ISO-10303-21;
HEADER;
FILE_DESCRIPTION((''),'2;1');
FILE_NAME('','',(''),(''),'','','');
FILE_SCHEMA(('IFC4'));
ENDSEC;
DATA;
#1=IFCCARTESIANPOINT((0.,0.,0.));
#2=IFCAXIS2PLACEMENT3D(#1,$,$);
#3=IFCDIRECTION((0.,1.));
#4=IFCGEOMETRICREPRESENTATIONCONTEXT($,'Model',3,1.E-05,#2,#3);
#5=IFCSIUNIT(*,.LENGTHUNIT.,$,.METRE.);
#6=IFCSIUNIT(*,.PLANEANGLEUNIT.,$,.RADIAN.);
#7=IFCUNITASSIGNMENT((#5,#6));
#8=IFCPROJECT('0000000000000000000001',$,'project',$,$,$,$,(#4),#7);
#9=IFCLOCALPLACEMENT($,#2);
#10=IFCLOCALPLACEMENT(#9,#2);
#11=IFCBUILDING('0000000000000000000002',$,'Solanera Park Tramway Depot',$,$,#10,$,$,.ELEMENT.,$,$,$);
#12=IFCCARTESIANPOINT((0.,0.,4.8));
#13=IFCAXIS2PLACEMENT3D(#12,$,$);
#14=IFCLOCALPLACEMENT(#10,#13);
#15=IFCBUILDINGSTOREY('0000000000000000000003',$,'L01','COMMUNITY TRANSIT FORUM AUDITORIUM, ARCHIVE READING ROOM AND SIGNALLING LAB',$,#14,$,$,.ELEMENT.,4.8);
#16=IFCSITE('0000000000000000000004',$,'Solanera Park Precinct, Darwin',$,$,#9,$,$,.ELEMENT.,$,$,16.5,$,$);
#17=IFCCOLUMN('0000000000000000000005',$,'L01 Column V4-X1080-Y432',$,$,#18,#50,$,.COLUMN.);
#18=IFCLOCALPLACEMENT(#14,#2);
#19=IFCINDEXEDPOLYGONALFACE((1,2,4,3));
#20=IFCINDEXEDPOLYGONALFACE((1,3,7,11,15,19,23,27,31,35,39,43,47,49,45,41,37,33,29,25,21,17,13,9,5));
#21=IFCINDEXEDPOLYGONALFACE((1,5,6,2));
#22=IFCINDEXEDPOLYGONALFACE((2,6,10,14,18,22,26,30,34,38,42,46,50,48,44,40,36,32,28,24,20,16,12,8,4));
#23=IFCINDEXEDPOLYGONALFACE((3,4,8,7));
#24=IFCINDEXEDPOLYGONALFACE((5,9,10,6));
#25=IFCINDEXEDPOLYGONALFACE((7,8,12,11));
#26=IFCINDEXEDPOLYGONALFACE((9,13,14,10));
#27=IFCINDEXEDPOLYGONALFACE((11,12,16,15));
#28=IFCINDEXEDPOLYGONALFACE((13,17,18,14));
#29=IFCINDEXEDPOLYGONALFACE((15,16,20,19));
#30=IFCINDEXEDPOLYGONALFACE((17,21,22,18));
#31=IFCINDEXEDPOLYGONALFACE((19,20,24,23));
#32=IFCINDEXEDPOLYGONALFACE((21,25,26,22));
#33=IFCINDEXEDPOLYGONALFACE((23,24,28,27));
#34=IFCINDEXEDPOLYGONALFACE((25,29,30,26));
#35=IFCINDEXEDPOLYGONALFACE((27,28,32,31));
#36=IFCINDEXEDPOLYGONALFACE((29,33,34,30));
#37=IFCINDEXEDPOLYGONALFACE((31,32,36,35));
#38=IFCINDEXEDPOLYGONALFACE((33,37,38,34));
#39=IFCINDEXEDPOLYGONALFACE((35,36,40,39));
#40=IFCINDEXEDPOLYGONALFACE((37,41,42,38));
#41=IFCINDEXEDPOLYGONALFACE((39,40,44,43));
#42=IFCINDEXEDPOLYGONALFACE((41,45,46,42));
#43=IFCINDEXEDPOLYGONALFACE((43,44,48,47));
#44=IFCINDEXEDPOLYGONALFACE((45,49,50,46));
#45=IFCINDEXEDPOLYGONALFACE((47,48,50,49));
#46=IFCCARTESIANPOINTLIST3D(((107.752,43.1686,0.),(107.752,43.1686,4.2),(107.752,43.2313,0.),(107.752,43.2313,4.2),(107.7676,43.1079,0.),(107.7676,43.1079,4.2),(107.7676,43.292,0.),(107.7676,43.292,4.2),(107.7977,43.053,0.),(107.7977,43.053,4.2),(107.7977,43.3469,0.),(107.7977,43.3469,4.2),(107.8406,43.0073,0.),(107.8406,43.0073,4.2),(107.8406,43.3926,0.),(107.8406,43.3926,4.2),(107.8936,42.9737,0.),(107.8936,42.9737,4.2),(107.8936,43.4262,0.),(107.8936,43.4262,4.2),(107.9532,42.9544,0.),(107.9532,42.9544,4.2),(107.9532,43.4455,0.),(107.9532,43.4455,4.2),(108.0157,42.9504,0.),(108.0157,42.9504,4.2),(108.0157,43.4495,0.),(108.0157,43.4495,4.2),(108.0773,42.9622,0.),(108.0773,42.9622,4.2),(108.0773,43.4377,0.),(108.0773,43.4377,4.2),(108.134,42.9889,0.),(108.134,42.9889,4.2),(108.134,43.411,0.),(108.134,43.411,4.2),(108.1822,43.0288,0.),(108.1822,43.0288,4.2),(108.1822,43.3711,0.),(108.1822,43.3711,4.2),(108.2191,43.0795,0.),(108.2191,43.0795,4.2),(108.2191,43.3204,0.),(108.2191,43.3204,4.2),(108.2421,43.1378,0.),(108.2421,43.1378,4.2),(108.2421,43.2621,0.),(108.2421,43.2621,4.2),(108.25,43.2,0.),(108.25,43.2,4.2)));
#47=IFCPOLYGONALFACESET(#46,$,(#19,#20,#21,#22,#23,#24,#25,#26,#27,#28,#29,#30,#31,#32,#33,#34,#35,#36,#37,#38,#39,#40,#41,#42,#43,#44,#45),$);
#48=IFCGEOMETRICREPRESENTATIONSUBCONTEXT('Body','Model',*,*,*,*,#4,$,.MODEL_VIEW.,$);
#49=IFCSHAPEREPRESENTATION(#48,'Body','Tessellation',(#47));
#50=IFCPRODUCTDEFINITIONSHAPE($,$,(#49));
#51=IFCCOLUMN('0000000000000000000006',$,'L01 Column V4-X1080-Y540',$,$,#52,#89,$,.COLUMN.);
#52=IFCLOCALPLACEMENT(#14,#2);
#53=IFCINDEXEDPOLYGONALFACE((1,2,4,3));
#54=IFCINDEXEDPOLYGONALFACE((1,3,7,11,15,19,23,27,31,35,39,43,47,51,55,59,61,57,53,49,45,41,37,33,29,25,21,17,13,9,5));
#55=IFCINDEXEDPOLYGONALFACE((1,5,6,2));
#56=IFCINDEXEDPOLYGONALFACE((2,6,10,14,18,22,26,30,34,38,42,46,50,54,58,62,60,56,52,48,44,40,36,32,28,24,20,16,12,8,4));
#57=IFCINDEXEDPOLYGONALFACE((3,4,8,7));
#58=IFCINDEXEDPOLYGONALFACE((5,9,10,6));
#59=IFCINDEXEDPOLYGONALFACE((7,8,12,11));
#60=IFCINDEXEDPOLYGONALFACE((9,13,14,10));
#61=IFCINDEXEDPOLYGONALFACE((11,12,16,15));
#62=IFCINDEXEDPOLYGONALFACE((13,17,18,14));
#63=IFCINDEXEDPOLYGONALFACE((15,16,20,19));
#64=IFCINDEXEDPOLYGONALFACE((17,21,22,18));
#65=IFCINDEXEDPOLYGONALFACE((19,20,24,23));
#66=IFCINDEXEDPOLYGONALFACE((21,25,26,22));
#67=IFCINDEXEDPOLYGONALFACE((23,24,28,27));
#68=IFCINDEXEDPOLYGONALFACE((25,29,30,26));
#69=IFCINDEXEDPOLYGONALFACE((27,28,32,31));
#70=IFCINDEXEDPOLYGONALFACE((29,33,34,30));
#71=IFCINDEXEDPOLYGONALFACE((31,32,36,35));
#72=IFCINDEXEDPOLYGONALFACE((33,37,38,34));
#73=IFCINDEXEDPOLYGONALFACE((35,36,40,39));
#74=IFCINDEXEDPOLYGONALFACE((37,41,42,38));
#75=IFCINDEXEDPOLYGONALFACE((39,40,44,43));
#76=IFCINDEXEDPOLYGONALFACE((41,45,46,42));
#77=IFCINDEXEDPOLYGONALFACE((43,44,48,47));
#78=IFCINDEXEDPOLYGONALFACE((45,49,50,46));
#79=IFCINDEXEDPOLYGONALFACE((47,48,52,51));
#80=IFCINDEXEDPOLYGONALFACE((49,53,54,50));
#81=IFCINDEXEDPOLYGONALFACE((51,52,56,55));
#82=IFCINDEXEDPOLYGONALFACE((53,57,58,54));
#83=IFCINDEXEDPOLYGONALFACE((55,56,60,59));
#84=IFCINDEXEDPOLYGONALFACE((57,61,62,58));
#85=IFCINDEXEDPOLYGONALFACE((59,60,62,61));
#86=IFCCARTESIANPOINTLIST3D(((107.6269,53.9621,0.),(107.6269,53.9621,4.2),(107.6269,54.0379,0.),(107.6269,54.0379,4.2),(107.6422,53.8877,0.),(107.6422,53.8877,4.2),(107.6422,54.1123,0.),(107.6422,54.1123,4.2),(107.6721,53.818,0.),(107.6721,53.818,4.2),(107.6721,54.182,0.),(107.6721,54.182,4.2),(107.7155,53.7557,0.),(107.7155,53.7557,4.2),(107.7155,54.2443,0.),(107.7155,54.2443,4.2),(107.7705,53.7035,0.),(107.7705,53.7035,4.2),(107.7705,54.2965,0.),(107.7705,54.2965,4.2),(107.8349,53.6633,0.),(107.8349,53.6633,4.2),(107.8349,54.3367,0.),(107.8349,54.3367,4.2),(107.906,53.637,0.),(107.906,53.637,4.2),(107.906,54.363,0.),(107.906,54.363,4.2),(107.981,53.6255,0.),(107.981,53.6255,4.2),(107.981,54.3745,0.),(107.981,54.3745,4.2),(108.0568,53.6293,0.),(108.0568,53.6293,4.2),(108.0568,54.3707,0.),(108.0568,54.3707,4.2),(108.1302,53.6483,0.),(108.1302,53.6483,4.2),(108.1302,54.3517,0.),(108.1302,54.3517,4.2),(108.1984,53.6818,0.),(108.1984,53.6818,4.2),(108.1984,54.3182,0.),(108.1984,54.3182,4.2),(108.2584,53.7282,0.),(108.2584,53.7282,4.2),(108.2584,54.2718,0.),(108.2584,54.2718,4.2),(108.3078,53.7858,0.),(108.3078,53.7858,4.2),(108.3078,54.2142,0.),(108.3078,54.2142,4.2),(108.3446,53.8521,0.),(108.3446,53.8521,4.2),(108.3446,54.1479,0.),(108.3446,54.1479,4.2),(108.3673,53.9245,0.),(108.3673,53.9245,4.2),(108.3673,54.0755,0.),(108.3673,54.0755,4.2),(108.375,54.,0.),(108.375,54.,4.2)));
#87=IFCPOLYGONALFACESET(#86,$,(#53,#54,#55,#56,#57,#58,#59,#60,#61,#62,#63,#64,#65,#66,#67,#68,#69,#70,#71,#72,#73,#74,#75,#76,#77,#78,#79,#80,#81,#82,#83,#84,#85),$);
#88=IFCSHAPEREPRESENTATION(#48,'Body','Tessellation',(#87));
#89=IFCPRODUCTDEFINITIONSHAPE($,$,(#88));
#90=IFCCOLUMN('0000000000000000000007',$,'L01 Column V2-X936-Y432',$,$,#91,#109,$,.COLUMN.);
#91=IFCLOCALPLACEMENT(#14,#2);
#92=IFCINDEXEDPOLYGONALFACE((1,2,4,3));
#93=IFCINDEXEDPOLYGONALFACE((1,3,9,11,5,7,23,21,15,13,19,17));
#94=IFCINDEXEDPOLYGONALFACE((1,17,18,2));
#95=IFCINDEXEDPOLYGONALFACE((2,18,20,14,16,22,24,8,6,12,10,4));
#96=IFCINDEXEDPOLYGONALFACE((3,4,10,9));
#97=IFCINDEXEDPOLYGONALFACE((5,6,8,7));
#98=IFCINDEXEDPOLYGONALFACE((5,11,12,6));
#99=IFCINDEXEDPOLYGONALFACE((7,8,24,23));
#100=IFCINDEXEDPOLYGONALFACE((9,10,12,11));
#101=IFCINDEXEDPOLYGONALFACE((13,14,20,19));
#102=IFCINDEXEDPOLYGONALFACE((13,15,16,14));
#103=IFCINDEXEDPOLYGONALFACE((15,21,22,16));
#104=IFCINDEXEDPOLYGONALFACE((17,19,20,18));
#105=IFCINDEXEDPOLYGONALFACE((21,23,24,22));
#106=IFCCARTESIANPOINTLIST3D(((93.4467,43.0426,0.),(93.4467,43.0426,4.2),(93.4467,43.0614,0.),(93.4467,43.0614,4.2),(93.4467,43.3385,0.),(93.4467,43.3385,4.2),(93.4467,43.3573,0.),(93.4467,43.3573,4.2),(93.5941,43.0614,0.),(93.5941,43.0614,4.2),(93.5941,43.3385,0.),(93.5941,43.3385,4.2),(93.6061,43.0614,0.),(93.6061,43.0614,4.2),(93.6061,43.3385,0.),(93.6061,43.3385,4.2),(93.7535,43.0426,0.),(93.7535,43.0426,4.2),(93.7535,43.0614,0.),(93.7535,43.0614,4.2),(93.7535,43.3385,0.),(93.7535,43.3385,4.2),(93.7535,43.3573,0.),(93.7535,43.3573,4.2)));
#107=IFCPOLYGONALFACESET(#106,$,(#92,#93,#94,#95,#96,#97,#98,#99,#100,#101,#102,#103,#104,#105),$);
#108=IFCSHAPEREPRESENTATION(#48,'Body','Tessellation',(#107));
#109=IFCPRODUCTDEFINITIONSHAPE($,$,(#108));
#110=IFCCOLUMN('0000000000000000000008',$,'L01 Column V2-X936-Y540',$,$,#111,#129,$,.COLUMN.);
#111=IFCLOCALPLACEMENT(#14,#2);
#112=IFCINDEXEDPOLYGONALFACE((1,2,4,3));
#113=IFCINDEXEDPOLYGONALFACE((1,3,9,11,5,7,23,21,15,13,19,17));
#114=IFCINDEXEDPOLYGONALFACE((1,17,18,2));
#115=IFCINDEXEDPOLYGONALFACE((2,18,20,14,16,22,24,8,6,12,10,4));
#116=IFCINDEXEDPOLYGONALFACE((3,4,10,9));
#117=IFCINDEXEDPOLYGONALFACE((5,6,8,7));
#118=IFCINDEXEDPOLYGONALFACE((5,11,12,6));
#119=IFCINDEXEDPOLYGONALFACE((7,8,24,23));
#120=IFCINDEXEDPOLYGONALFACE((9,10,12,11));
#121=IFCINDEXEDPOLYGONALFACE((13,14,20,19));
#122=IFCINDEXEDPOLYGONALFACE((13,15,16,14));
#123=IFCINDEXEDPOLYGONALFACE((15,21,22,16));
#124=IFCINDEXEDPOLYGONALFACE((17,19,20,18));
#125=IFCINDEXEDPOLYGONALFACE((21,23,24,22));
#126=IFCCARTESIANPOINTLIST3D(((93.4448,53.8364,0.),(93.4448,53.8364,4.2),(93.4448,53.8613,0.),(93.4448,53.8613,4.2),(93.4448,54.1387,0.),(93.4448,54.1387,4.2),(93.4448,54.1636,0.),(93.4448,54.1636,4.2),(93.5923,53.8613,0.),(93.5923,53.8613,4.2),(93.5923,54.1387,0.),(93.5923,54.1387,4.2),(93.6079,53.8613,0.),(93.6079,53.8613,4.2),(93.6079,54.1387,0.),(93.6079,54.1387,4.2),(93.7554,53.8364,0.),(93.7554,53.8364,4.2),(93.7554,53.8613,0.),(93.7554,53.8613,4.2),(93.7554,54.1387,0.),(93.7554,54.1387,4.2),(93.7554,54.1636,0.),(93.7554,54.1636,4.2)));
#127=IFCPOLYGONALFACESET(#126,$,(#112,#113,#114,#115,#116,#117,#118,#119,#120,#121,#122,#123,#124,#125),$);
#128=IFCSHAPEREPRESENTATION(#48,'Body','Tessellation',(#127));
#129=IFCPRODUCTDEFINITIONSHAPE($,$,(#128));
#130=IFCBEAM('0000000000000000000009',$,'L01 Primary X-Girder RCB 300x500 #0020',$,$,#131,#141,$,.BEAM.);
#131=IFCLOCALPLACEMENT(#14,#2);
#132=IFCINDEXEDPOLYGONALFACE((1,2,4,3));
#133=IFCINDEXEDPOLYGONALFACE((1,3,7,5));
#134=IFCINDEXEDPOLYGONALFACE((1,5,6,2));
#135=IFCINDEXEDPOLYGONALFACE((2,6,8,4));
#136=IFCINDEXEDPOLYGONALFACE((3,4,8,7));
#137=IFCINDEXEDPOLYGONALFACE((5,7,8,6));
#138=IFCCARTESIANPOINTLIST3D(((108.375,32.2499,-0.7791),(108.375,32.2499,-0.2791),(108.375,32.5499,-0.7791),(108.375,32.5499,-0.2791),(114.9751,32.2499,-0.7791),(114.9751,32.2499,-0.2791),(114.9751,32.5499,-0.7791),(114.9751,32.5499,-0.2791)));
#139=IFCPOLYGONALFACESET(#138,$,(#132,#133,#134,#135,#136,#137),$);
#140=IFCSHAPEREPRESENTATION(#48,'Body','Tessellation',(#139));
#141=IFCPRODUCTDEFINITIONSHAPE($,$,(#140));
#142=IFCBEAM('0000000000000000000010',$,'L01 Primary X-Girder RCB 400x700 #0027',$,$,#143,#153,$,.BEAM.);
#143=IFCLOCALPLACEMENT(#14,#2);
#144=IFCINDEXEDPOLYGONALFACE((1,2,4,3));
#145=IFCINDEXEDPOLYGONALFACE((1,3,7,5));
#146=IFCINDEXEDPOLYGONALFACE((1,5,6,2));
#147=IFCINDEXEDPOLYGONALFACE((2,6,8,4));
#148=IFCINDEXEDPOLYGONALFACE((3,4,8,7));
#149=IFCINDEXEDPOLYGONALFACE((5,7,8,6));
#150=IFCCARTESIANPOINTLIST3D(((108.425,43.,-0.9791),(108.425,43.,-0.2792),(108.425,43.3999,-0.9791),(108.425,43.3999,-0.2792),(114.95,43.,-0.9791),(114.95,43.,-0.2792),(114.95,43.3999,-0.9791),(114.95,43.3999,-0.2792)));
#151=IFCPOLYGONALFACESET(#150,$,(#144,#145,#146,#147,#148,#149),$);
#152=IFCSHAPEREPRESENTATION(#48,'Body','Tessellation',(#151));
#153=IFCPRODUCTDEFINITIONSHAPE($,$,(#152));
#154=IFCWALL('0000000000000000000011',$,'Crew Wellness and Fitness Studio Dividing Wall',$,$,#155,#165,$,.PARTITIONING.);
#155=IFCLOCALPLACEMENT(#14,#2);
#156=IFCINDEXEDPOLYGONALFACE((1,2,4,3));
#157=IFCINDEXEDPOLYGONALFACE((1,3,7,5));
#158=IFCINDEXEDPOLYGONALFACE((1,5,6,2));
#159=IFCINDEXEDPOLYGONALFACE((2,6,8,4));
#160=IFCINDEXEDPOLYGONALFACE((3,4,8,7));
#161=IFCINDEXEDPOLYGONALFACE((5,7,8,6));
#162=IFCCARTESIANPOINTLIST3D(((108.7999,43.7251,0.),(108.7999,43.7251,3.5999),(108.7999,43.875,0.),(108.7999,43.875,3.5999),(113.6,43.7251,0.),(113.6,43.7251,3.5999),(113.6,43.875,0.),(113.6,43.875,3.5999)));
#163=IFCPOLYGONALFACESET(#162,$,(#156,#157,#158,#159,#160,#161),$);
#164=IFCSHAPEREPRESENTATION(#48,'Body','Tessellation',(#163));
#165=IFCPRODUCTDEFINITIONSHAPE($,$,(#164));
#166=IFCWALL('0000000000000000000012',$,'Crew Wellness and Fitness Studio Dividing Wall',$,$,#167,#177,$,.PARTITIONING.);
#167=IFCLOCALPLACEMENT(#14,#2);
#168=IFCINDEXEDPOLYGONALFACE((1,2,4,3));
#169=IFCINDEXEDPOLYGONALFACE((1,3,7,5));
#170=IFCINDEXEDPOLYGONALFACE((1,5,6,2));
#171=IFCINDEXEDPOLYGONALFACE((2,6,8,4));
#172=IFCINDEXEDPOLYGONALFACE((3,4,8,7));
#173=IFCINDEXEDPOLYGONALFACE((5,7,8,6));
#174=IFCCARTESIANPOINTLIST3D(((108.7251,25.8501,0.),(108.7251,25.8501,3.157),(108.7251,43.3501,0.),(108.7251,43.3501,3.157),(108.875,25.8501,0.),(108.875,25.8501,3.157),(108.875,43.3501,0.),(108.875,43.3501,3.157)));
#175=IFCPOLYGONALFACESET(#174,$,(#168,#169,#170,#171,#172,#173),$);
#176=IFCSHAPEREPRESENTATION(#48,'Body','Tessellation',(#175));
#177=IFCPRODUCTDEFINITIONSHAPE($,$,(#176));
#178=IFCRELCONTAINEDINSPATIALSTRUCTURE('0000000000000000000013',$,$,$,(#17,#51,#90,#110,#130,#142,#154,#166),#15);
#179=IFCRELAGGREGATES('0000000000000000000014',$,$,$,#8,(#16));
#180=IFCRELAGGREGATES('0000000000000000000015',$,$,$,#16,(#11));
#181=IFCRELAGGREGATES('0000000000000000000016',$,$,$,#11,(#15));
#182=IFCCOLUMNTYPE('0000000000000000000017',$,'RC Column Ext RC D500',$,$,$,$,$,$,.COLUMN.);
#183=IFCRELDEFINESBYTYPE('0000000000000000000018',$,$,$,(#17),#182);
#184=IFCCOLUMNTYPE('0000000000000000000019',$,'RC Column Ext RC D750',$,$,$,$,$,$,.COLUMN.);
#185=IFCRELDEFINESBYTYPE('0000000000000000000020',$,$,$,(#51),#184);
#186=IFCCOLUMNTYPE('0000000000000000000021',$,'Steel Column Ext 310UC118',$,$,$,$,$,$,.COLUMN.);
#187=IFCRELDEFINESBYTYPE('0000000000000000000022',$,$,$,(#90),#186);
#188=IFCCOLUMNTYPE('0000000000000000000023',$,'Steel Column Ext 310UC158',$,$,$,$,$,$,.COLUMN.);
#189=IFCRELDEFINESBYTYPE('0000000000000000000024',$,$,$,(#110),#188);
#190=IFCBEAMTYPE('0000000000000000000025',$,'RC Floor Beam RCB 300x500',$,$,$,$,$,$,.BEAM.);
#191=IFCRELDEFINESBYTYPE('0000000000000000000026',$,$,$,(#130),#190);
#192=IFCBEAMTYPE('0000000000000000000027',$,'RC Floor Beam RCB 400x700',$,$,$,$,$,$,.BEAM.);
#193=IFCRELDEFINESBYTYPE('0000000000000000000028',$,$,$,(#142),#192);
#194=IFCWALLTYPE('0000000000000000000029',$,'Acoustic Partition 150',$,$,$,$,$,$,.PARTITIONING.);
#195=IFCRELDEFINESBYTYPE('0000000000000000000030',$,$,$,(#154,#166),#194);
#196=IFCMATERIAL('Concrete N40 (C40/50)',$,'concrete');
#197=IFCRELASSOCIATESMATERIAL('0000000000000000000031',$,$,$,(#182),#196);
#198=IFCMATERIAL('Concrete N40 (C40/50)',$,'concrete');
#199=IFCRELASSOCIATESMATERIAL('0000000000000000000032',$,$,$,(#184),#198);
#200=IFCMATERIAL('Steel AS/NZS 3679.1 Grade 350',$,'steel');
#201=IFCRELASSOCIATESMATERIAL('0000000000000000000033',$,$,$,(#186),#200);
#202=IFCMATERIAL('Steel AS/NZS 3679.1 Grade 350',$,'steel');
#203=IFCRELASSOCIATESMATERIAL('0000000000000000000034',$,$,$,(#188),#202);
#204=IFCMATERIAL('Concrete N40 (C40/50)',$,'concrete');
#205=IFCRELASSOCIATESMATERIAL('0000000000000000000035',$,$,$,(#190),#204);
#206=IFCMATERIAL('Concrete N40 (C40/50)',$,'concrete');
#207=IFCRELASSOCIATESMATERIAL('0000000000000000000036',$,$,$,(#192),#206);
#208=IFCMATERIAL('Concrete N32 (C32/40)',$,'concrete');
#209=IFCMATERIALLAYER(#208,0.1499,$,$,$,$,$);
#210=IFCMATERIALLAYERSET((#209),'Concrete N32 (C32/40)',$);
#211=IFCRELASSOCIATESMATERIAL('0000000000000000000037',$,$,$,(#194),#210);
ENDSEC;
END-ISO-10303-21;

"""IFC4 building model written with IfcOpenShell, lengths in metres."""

from ifc_helpers import new_model, si_unit, direction, frame, frame_2d, origin, origin_2d, place, context, subcontext, project, spatial, rectangle, circle, i_section, extrude, material, layer, layer_set, material_profile, profile_set, type_object, element, save


model = new_model("IFC4")

# Units and contexts
model_context = context("Model", 3, precision=1e-05, world=origin(), true_north=direction((0.0, 1.0)))
body_context = subcontext(model_context, "Body", "Model", "MODEL_VIEW")
ifc_project = project(units=[si_unit("LENGTHUNIT", "METRE"), si_unit("PLANEANGLEUNIT", "RADIAN")], contexts=[model_context])

# Site, building, storey
site_placement = place(None, origin())
site = spatial("IfcSite", under=ifc_project, at=site_placement, Name="Solanera Park Precinct, Darwin", CompositionType="ELEMENT", RefElevation=16.5)
building_placement = place(site_placement, origin())
building = spatial("IfcBuilding", under=site, at=building_placement, Name="Solanera Park Tramway Depot", CompositionType="ELEMENT")
storey_placement = place(building_placement, frame((0.0, 0.0, 4.8)))
storey = spatial("IfcBuildingStorey", under=building, at=storey_placement, Name="L01", Description="COMMUNITY TRANSIT FORUM AUDITORIUM, ARCHIVE READING ROOM AND SIGNALLING LAB", CompositionType="ELEMENT", Elevation=4.8)

# Columns
ifc_material_1 = material(Name="Concrete N40 (C40/50)", Category="concrete")
ifc_material_profile_1 = material_profile(ifc_material_1, circle(Radius=0.25, at=origin_2d()), Name="RC D500")
ifc_profile_set_1 = profile_set([ifc_material_profile_1], Name="Concrete N40 (C40/50)")
column_type_1 = type_object("IfcColumnType", Name="RC Column Ext RC D500", PredefinedType="COLUMN", material=ifc_profile_set_1)
column_1_placement = place(storey_placement, frame((108.0, 43.2, 0.0), z_axis=(0.0, 0.0, 1.0), x_axis=(1.0, 0.0, 0.0)))
element("IfcColumn", 1, at=column_1_placement, inside=storey, type_object=column_type_1, Name="L01 Column V4-X1080-Y432", PredefinedType="COLUMN", context=body_context, shape_type="SweptSolid", body=[
    extrude(circle(Radius=0.25, at=origin_2d()), origin(), (0.0, 0.0, 1.0), 4.2),
])
ifc_material_2 = material(Name="Concrete N40 (C40/50)", Category="concrete")
ifc_material_profile_2 = material_profile(ifc_material_2, circle(Radius=0.375, at=origin_2d()), Name="RC D750")
ifc_profile_set_2 = profile_set([ifc_material_profile_2], Name="Concrete N40 (C40/50)")
column_type_2 = type_object("IfcColumnType", Name="RC Column Ext RC D750", PredefinedType="COLUMN", material=ifc_profile_set_2)
column_2_placement = place(storey_placement, frame((108.0, 54.0, 0.0), z_axis=(0.0, 0.0, 1.0), x_axis=(1.0, 0.0, 0.0)))
element("IfcColumn", 2, at=column_2_placement, inside=storey, type_object=column_type_2, Name="L01 Column V4-X1080-Y540", PredefinedType="COLUMN", context=body_context, shape_type="SweptSolid", body=[
    extrude(circle(Radius=0.375, at=origin_2d()), origin(), (0.0, 0.0, 1.0), 4.2),
])
ifc_material_3 = material(Name="Steel AS/NZS 3679.1 Grade 350", Category="steel")
ifc_material_profile_3 = material_profile(ifc_material_3, i_section(OverallWidth=0.3069, OverallDepth=0.3147, WebThickness=0.012, FlangeThickness=0.0188, at=origin_2d()), Name="310UC118")
ifc_profile_set_3 = profile_set([ifc_material_profile_3], Name="Steel AS/NZS 3679.1 Grade 350")
column_type_3 = type_object("IfcColumnType", Name="Steel Column Ext 310UC118", PredefinedType="COLUMN", material=ifc_profile_set_3)
column_3_placement = place(storey_placement, frame((93.6001, 43.2, 0.0), z_axis=(0.0, 0.0, 1.0), x_axis=(1.0, 0.0, 0.0)))
element("IfcColumn", 3, at=column_3_placement, inside=storey, type_object=column_type_3, Name="L01 Column V2-X936-Y432", PredefinedType="COLUMN", context=body_context, shape_type="SweptSolid", body=[
    extrude(i_section(OverallWidth=0.3069, OverallDepth=0.3147, WebThickness=0.012, FlangeThickness=0.0188, at=origin_2d()), origin(), (0.0, 0.0, 1.0), 4.2),
])
ifc_material_4 = material(Name="Steel AS/NZS 3679.1 Grade 350", Category="steel")
ifc_material_profile_4 = material_profile(ifc_material_4, i_section(OverallWidth=0.3105, OverallDepth=0.3271, WebThickness=0.0156, FlangeThickness=0.0249, at=origin_2d()), Name="310UC158")
ifc_profile_set_4 = profile_set([ifc_material_profile_4], Name="Steel AS/NZS 3679.1 Grade 350")
column_type_4 = type_object("IfcColumnType", Name="Steel Column Ext 310UC158", PredefinedType="COLUMN", material=ifc_profile_set_4)
column_4_placement = place(storey_placement, frame((93.6001, 54.0, 0.0), z_axis=(0.0, 0.0, 1.0), x_axis=(1.0, 0.0, 0.0)))
element("IfcColumn", 4, at=column_4_placement, inside=storey, type_object=column_type_4, Name="L01 Column V2-X936-Y540", PredefinedType="COLUMN", context=body_context, shape_type="SweptSolid", body=[
    extrude(i_section(OverallWidth=0.3105, OverallDepth=0.3271, WebThickness=0.0156, FlangeThickness=0.0249, at=origin_2d()), origin(), (0.0, 0.0, 1.0), 4.2),
])

# Beams
ifc_material_5 = material(Name="Concrete N40 (C40/50)", Category="concrete")
ifc_material_profile_5 = material_profile(ifc_material_5, rectangle(XDim=0.3, YDim=0.5, at=origin_2d()), Name="RCB 300x500")
ifc_profile_set_5 = profile_set([ifc_material_profile_5], Name="Concrete N40 (C40/50)")
beam_type_1 = type_object("IfcBeamType", Name="RC Floor Beam RCB 300x500", PredefinedType="BEAM", material=ifc_profile_set_5)
beam_1_placement = place(storey_placement, frame((108.375, 32.3999, -0.5291), z_axis=(1.0, 0.0, 0.0), x_axis=(0.0, 1.0, 0.0)))
element("IfcBeam", 5, at=beam_1_placement, inside=storey, type_object=beam_type_1, Name="L01 Primary X-Girder RCB 300x500 #0020", PredefinedType="BEAM", context=body_context, shape_type="SweptSolid", body=[
    extrude(rectangle(XDim=0.3, YDim=0.5, at=origin_2d()), origin(), (0.0, 0.0, 1.0), 6.6001),
])
ifc_material_6 = material(Name="Concrete N40 (C40/50)", Category="concrete")
ifc_material_profile_6 = material_profile(ifc_material_6, rectangle(XDim=0.3999, YDim=0.7, at=origin_2d()), Name="RCB 400x700")
ifc_profile_set_6 = profile_set([ifc_material_profile_6], Name="Concrete N40 (C40/50)")
beam_type_2 = type_object("IfcBeamType", Name="RC Floor Beam RCB 400x700", PredefinedType="BEAM", material=ifc_profile_set_6)
beam_2_placement = place(storey_placement, frame((108.425, 43.2, -0.6292), z_axis=(1.0, 0.0, 0.0), x_axis=(0.0, 1.0, 0.0)))
element("IfcBeam", 6, at=beam_2_placement, inside=storey, type_object=beam_type_2, Name="L01 Primary X-Girder RCB 400x700 #0027", PredefinedType="BEAM", context=body_context, shape_type="SweptSolid", body=[
    extrude(rectangle(XDim=0.3999, YDim=0.7, at=origin_2d()), origin(), (0.0, 0.0, 1.0), 6.5249),
])

# Walls
ifc_material_7 = material(Name="Concrete N32 (C32/40)", Category="concrete")
ifc_layer_1 = layer(ifc_material_7, 0.1499)
ifc_layer_set_1 = layer_set([ifc_layer_1], Name="Concrete N32 (C32/40)")
wall_type_1 = type_object("IfcWallType", Name="Acoustic Partition 150", PredefinedType="PARTITIONING", material=ifc_layer_set_1)
wall_1_placement = place(storey_placement, frame((108.8, 43.8, 0.0), z_axis=(0.0, 0.0, 1.0), x_axis=(1.0, 0.0, 0.0)))
element("IfcWall", 7, at=wall_1_placement, inside=storey, type_object=wall_type_1, Name="Crew Wellness and Fitness Studio Dividing Wall", PredefinedType="PARTITIONING", context=body_context, shape_type="SweptSolid", body=[
    extrude(rectangle(XDim=4.8, YDim=0.1499, at=frame_2d((2.3999, 0.0))), origin(), (0.0, 0.0, 1.0), 3.5999),
])
wall_2_placement = place(storey_placement, frame((108.8, 43.3501, 0.0), z_axis=(0.0, 0.0, 1.0), x_axis=(0.0, -1.0, 0.0)))
element("IfcWall", 8, at=wall_2_placement, inside=storey, type_object=wall_type_1, Name="Crew Wellness and Fitness Studio Dividing Wall", PredefinedType="PARTITIONING", context=body_context, shape_type="SweptSolid", body=[
    extrude(rectangle(XDim=17.5, YDim=0.1499, at=frame_2d((8.75, 0.0))), origin(), (0.0, 0.0, 1.0), 3.157),
])

save(model, "model.ifc")
